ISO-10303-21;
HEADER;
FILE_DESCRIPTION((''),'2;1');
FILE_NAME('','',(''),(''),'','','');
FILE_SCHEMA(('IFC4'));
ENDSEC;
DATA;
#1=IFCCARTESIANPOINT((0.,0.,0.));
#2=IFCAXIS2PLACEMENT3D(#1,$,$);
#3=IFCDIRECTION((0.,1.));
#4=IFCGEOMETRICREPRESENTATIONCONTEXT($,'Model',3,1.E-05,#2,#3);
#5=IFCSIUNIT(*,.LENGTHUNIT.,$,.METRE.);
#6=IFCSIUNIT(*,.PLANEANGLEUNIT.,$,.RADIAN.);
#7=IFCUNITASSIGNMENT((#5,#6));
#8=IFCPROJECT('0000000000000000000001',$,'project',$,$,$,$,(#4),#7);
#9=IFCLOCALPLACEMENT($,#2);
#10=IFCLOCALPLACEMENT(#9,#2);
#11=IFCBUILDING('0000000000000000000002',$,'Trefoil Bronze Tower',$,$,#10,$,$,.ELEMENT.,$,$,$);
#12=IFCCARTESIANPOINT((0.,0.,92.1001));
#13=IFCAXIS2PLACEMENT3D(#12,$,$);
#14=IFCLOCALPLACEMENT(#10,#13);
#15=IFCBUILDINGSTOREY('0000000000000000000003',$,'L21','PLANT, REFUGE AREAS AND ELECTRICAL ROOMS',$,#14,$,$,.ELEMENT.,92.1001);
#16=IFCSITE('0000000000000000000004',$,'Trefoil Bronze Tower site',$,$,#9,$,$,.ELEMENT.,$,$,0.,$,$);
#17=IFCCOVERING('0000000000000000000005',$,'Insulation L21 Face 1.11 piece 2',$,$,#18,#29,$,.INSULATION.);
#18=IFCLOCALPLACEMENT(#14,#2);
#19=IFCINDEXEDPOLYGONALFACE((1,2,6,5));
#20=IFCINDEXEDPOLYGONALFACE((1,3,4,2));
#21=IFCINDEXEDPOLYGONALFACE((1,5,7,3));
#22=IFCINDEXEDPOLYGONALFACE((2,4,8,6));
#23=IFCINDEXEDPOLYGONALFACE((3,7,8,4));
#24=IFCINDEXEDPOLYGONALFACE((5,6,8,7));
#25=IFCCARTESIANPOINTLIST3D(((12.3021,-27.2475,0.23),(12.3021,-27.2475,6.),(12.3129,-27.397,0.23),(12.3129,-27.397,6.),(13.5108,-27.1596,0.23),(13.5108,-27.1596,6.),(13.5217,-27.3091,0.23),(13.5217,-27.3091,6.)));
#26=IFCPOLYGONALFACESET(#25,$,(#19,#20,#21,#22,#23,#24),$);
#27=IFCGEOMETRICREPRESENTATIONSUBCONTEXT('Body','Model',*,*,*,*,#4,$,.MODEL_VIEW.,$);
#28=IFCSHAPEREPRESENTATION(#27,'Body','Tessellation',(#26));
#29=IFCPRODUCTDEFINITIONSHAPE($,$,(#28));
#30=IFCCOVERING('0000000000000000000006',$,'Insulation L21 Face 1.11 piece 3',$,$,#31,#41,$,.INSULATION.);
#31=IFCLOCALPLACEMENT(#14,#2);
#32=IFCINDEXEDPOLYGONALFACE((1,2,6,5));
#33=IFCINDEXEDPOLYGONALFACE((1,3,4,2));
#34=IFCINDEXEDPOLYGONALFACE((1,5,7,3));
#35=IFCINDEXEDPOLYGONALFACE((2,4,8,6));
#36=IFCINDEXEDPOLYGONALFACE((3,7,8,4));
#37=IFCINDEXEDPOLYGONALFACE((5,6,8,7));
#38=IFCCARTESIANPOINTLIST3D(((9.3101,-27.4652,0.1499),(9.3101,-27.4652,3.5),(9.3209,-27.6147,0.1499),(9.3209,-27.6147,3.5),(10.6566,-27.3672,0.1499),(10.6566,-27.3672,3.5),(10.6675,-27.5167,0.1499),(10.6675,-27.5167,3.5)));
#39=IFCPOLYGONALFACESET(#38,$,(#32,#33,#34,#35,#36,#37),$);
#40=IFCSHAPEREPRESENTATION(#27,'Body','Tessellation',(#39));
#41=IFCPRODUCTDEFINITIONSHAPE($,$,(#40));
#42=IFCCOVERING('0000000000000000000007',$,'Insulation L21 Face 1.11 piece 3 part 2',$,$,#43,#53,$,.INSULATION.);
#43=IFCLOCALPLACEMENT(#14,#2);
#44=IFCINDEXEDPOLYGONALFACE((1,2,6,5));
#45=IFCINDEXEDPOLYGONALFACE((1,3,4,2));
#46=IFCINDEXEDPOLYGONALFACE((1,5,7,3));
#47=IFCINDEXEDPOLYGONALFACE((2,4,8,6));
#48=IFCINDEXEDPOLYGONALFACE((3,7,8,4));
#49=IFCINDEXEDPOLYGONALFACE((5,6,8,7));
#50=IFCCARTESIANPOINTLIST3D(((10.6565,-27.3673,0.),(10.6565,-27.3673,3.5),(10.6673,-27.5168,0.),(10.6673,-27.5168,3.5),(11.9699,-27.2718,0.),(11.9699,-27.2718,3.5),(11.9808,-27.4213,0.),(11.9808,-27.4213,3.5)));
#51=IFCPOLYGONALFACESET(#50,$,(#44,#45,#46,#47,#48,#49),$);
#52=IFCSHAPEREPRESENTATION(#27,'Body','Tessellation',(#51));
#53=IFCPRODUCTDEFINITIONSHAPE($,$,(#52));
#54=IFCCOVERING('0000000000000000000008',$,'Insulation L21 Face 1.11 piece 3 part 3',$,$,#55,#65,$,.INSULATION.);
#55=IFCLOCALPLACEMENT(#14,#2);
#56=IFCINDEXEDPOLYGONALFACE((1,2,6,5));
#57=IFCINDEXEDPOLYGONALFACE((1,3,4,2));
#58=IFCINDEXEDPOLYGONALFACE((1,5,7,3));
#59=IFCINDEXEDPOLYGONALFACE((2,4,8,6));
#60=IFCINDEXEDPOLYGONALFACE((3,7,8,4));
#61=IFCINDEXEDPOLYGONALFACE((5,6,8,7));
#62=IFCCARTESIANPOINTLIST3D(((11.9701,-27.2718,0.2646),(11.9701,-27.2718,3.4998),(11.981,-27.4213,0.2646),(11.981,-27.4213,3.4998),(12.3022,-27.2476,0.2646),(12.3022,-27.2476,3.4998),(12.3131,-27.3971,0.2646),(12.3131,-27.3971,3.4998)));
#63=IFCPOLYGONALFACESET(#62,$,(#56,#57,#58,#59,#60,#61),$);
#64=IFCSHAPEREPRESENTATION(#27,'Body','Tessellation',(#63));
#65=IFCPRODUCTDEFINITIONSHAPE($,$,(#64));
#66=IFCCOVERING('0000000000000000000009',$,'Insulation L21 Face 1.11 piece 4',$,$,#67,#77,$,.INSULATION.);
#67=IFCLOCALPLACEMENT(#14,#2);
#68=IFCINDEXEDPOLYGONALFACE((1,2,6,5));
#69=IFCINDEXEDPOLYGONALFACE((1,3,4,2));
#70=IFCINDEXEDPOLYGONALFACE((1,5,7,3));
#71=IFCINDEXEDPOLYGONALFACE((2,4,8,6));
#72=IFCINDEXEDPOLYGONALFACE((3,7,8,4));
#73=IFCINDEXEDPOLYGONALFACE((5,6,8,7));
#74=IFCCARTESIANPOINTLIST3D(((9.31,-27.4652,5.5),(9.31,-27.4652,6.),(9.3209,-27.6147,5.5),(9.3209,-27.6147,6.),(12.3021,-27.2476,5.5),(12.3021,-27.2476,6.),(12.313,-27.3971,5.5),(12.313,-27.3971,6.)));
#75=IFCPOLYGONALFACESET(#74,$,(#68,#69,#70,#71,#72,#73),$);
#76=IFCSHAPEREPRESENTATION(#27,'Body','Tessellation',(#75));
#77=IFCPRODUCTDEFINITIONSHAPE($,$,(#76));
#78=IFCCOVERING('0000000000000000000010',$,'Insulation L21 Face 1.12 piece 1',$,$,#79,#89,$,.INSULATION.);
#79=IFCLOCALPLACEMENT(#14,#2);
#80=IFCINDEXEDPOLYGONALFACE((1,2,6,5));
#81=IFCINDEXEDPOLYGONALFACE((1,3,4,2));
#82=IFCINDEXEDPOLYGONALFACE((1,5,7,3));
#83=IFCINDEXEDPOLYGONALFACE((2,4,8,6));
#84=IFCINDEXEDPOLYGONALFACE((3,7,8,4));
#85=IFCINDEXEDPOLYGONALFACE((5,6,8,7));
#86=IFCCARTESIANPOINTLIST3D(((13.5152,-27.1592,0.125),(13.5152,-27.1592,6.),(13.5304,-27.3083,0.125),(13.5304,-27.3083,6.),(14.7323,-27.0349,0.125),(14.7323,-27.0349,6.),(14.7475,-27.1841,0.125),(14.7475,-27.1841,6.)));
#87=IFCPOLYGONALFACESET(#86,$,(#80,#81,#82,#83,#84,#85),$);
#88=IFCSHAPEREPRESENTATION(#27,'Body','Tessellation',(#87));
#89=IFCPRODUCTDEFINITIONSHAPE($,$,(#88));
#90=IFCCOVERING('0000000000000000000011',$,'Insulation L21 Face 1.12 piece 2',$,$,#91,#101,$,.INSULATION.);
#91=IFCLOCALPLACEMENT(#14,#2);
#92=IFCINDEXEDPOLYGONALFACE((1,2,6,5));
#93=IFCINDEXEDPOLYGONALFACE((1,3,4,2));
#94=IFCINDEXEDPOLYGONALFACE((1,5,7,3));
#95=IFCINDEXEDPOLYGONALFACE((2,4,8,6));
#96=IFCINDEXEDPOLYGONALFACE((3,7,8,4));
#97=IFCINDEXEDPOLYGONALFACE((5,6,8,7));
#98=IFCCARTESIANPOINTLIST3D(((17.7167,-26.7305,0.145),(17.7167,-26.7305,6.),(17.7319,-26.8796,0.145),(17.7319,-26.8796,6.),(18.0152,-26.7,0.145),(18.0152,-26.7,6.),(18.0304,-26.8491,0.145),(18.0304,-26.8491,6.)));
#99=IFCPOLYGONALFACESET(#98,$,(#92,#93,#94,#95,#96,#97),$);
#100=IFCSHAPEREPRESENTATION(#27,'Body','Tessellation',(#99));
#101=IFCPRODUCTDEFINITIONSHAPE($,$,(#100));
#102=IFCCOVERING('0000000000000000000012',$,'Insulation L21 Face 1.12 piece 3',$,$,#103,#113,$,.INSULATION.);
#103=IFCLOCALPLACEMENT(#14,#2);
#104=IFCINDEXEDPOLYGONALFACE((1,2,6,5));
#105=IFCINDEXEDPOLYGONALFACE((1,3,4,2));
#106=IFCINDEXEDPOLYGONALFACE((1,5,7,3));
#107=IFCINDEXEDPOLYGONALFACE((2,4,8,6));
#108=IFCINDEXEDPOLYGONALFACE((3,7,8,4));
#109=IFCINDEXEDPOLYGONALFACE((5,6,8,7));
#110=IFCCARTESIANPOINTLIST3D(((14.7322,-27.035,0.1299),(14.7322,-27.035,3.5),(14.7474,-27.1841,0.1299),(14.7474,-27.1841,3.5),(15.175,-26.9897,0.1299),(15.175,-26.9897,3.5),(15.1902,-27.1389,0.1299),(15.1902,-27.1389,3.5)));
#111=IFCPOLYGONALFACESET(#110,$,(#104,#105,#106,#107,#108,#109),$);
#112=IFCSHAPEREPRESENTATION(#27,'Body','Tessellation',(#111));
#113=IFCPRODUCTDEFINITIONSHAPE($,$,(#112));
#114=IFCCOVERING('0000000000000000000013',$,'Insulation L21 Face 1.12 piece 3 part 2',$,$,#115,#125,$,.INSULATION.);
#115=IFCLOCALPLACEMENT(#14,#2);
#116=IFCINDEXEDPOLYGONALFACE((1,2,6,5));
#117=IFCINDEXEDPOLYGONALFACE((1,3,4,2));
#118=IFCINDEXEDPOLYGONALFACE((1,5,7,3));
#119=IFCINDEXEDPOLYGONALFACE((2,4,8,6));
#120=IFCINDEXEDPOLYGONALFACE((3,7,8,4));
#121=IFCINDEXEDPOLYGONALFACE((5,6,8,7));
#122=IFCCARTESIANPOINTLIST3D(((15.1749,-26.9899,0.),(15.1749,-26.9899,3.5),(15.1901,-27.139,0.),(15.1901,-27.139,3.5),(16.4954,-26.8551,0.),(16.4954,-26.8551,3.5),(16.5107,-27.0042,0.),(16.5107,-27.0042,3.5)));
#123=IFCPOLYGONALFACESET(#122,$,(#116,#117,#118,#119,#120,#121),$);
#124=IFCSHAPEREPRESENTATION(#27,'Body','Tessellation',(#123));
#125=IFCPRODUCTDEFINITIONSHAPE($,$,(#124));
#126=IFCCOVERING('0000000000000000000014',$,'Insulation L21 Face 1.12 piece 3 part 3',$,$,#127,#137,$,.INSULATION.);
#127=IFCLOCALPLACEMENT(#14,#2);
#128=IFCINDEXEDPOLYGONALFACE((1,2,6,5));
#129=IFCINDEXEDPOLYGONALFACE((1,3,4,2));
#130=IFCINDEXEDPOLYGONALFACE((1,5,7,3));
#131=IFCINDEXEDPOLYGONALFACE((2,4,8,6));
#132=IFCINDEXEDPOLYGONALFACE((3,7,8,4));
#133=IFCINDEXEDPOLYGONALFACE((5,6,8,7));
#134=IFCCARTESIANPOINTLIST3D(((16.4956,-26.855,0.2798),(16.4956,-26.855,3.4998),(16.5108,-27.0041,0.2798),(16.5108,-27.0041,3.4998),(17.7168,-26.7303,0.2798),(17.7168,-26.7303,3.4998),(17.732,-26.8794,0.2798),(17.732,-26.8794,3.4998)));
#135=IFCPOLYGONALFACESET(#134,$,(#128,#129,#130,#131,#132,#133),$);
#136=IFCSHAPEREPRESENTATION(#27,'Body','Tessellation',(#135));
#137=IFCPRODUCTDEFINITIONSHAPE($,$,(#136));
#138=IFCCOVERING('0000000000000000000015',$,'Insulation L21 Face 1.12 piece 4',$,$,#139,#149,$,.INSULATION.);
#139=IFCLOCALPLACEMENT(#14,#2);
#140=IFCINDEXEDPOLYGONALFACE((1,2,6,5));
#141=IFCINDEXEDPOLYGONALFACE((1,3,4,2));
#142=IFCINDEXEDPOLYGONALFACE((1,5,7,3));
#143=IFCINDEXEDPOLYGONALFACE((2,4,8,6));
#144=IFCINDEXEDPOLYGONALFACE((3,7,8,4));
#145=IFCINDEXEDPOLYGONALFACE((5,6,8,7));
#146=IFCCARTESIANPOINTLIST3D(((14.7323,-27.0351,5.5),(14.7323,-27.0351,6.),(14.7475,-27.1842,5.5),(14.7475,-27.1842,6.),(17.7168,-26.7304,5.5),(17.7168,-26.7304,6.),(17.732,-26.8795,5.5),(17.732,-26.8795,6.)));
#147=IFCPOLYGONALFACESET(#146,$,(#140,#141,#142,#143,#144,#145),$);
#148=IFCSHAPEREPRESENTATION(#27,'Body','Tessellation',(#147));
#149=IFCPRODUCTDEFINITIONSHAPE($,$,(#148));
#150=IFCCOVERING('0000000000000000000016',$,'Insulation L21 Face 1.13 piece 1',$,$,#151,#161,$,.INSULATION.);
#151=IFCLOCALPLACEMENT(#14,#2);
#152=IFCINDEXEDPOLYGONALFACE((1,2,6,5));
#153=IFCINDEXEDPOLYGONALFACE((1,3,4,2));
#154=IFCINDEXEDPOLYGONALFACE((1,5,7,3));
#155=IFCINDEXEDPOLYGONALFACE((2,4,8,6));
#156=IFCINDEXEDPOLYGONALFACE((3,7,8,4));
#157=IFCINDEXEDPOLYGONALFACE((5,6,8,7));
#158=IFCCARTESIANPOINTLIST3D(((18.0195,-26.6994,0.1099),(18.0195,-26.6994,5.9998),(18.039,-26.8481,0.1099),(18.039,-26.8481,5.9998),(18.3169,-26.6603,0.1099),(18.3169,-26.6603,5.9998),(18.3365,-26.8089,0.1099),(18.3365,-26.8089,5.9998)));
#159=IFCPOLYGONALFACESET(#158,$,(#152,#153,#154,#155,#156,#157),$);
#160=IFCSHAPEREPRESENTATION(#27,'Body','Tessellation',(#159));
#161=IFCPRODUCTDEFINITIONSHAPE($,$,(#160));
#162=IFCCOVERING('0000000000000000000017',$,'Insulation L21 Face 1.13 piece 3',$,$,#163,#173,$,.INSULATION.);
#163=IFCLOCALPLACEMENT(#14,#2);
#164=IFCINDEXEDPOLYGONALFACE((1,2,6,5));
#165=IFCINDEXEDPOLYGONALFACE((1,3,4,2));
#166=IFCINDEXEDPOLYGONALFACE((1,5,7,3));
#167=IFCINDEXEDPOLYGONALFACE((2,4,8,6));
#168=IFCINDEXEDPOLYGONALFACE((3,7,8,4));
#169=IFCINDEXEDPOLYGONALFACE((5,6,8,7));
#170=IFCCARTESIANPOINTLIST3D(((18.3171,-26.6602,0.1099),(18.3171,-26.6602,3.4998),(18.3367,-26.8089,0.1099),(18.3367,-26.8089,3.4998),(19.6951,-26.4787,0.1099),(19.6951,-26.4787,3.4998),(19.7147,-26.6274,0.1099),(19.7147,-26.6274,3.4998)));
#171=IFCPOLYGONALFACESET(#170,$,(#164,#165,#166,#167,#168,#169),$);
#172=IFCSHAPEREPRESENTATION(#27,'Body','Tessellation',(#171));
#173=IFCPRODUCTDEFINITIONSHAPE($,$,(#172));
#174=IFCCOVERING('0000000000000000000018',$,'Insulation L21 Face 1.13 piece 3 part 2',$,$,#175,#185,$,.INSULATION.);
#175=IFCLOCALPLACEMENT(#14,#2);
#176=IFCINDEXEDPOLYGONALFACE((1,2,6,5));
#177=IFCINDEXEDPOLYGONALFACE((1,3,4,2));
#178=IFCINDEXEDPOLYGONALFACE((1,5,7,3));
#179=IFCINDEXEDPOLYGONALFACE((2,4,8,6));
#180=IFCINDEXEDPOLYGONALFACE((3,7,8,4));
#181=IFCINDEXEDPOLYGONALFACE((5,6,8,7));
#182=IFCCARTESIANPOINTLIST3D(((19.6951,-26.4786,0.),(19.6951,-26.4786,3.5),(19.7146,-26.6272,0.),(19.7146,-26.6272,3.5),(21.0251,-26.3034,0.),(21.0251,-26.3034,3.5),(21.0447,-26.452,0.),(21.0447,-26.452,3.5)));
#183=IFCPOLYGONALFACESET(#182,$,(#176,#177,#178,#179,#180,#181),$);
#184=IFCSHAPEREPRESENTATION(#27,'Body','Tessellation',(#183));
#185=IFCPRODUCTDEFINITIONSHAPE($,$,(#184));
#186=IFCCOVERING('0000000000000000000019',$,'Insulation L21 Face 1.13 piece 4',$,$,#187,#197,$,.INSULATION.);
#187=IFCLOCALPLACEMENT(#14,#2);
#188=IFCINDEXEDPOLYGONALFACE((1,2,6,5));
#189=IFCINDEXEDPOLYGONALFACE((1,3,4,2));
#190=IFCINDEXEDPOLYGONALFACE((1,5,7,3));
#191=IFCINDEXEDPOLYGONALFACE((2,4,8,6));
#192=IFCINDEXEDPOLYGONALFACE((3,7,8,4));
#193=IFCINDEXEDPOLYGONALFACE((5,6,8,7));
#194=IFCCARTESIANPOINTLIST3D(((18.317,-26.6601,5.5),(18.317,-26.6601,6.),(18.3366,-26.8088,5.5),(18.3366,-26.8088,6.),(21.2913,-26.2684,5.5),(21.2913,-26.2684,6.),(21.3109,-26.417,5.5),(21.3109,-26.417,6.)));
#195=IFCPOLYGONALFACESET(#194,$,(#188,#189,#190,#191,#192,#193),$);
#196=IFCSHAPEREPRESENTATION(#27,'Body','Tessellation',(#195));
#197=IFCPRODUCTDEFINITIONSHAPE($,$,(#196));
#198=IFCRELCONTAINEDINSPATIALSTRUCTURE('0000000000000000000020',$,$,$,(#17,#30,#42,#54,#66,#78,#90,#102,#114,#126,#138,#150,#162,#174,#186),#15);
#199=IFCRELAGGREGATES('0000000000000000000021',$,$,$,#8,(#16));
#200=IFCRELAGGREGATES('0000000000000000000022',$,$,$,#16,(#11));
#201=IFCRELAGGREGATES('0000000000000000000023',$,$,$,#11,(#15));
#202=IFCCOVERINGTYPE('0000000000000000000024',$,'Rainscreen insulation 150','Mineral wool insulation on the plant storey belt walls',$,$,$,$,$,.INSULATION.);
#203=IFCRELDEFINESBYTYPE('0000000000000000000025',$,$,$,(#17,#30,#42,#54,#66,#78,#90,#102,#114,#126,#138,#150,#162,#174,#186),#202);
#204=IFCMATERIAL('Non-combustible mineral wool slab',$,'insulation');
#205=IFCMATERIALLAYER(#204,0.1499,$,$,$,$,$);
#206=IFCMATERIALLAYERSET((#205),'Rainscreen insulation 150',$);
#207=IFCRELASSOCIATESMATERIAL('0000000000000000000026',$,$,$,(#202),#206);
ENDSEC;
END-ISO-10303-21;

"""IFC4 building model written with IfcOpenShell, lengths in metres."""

from ifc_helpers import new_model, si_unit, direction, frame, origin, origin_2d, place, context, subcontext, project, spatial, rectangle, extrude, material, layer, layer_set, type_object, element, save


model = new_model("IFC4")

# Units and contexts
model_context = context("Model", 3, precision=1e-05, world=origin(), true_north=direction((0.0, 1.0)))
body_context = subcontext(model_context, "Body", "Model", "MODEL_VIEW")
ifc_project = project(units=[si_unit("LENGTHUNIT", "METRE"), si_unit("PLANEANGLEUNIT", "RADIAN")], contexts=[model_context])

# Site, building, storey
site_placement = place(None, origin())
site = spatial("IfcSite", under=ifc_project, at=site_placement, Name="Trefoil Bronze Tower site", CompositionType="ELEMENT", RefElevation=0.0)
building_placement = place(site_placement, origin())
building = spatial("IfcBuilding", under=site, at=building_placement, Name="Trefoil Bronze Tower", CompositionType="ELEMENT")
storey_placement = place(building_placement, frame((0.0, 0.0, 92.1001)))
storey = spatial("IfcBuildingStorey", under=building, at=storey_placement, Name="L21", Description="PLANT, REFUGE AREAS AND ELECTRICAL ROOMS", CompositionType="ELEMENT", Elevation=92.1001)

# Coverings
ifc_material_1 = material(Name="Non-combustible mineral wool slab", Category="insulation")
ifc_layer_1 = layer(ifc_material_1, 0.1499)
ifc_layer_set_1 = layer_set([ifc_layer_1], Name="Rainscreen insulation 150")
covering_type_1 = type_object("IfcCoveringType", Name="Rainscreen insulation 150", Description="Mineral wool insulation on the plant storey belt walls", PredefinedType="INSULATION", material=ifc_layer_set_1)
covering_1_placement = place(storey_placement, frame((12.9119, -27.2783, 0.23), z_axis=(0.0, 0.0, 1.0), x_axis=(0.997365, 0.072547, 0.0)))
element("IfcCovering", 1, at=covering_1_placement, inside=storey, type_object=covering_type_1, Name="Insulation L21 Face 1.11 piece 2", PredefinedType="INSULATION", context=body_context, shape_type="SweptSolid", body=[
    extrude(rectangle(XDim=1.2119, YDim=0.1499, at=origin_2d()), origin(), (0.0, 0.0, 1.0), 5.77),
])
covering_2_placement = place(storey_placement, frame((9.9888, -27.491, 0.1499), z_axis=(0.0, 0.0, 1.0), x_axis=(0.997365, 0.072547, 0.0)))
element("IfcCovering", 2, at=covering_2_placement, inside=storey, type_object=covering_type_1, Name="Insulation L21 Face 1.11 piece 3", PredefinedType="INSULATION", context=body_context, shape_type="SweptSolid", body=[
    extrude(rectangle(XDim=1.3501, YDim=0.1499, at=origin_2d()), origin(), (0.0, 0.0, 1.0), 3.3501),
])
covering_3_placement = place(storey_placement, frame((11.3186, -27.3943, 0.0), z_axis=(0.0, 0.0, 1.0), x_axis=(0.997365, 0.072547, 0.0)))
element("IfcCovering", 3, at=covering_3_placement, inside=storey, type_object=covering_type_1, Name="Insulation L21 Face 1.11 piece 3 part 2", PredefinedType="INSULATION", context=body_context, shape_type="SweptSolid", body=[
    extrude(rectangle(XDim=1.3169, YDim=0.1499, at=origin_2d()), origin(), (0.0, 0.0, 1.0), 3.5),
])
covering_4_placement = place(storey_placement, frame((12.1416, -27.3345, 0.2646), z_axis=(0.0, 0.0, 1.0), x_axis=(0.997365, 0.072547, 0.0)))
element("IfcCovering", 4, at=covering_4_placement, inside=storey, type_object=covering_type_1, Name="Insulation L21 Face 1.11 piece 3 part 3", PredefinedType="INSULATION", context=body_context, shape_type="SweptSolid", body=[
    extrude(rectangle(XDim=0.333, YDim=0.1499, at=origin_2d()), origin(), (0.0, 0.0, 1.0), 3.2351),
])
covering_5_placement = place(storey_placement, frame((10.8115, -27.4312, 5.5), z_axis=(0.0, 0.0, 1.0), x_axis=(0.997365, 0.072547, 0.0)))
element("IfcCovering", 5, at=covering_5_placement, inside=storey, type_object=covering_type_1, Name="Insulation L21 Face 1.11 piece 4", PredefinedType="INSULATION", context=body_context, shape_type="SweptSolid", body=[
    extrude(rectangle(XDim=3.0, YDim=0.1499, at=origin_2d()), origin(), (0.0, 0.0, 1.0), 0.5),
])
covering_6_placement = place(storey_placement, frame((14.1313, -27.1716, 0.125), z_axis=(0.0, 0.0, 1.0), x_axis=(0.994829, 0.101565, 0.0)))
element("IfcCovering", 6, at=covering_6_placement, inside=storey, type_object=covering_type_1, Name="Insulation L21 Face 1.12 piece 1", PredefinedType="INSULATION", context=body_context, shape_type="SweptSolid", body=[
    extrude(rectangle(XDim=1.2234, YDim=0.1499, at=origin_2d()), origin(), (0.0, 0.0, 1.0), 5.875),
])
covering_7_placement = place(storey_placement, frame((17.8735, -26.7898, 0.145), z_axis=(0.0, 0.0, 1.0), x_axis=(0.994829, 0.101565, 0.0)))
element("IfcCovering", 7, at=covering_7_placement, inside=storey, type_object=covering_type_1, Name="Insulation L21 Face 1.12 piece 2", PredefinedType="INSULATION", context=body_context, shape_type="SweptSolid", body=[
    extrude(rectangle(XDim=0.3, YDim=0.1499, at=origin_2d()), origin(), (0.0, 0.0, 1.0), 5.855),
])
covering_8_placement = place(storey_placement, frame((14.9612, -27.0869, 0.1299), z_axis=(0.0, 0.0, 1.0), x_axis=(0.994829, 0.101565, 0.0)))
element("IfcCovering", 8, at=covering_8_placement, inside=storey, type_object=covering_type_1, Name="Insulation L21 Face 1.12 piece 3", PredefinedType="INSULATION", context=body_context, shape_type="SweptSolid", body=[
    extrude(rectangle(XDim=0.4451, YDim=0.1499, at=origin_2d()), origin(), (0.0, 0.0, 1.0), 3.3701),
])
covering_9_placement = place(storey_placement, frame((15.8428, -26.9971, 0.0), z_axis=(0.0, 0.0, 1.0), x_axis=(0.994829, 0.101565, 0.0)))
element("IfcCovering", 9, at=covering_9_placement, inside=storey, type_object=covering_type_1, Name="Insulation L21 Face 1.12 piece 3 part 2", PredefinedType="INSULATION", context=body_context, shape_type="SweptSolid", body=[
    extrude(rectangle(XDim=1.3274, YDim=0.1499, at=origin_2d()), origin(), (0.0, 0.0, 1.0), 3.5),
])
covering_10_placement = place(storey_placement, frame((17.1138, -26.8672, 0.2798), z_axis=(0.0, 0.0, 1.0), x_axis=(0.994829, 0.101565, 0.0)))
element("IfcCovering", 10, at=covering_10_placement, inside=storey, type_object=covering_type_1, Name="Insulation L21 Face 1.12 piece 3 part 3", PredefinedType="INSULATION", context=body_context, shape_type="SweptSolid", body=[
    extrude(rectangle(XDim=1.2275, YDim=0.1499, at=origin_2d()), origin(), (0.0, 0.0, 1.0), 3.22),
])
covering_11_placement = place(storey_placement, frame((16.2322, -26.9573, 5.5), z_axis=(0.0, 0.0, 1.0), x_axis=(0.994829, 0.101565, 0.0)))
element("IfcCovering", 11, at=covering_11_placement, inside=storey, type_object=covering_type_1, Name="Insulation L21 Face 1.12 piece 4", PredefinedType="INSULATION", context=body_context, shape_type="SweptSolid", body=[
    extrude(rectangle(XDim=3.0, YDim=0.1499, at=origin_2d()), origin(), (0.0, 0.0, 1.0), 0.5),
])
covering_12_placement = place(storey_placement, frame((18.178, -26.7542, 0.1099), z_axis=(0.0, 0.0, 1.0), x_axis=(0.991437, 0.130584, 0.0)))
element("IfcCovering", 12, at=covering_12_placement, inside=storey, type_object=covering_type_1, Name="Insulation L21 Face 1.13 piece 1", PredefinedType="INSULATION", context=body_context, shape_type="SweptSolid", body=[
    extrude(rectangle(XDim=0.3, YDim=0.1499, at=origin_2d()), origin(), (0.0, 0.0, 1.0), 5.8899),
])
covering_13_placement = place(storey_placement, frame((19.0159, -26.6438, 0.1099), z_axis=(0.0, 0.0, 1.0), x_axis=(0.991437, 0.130584, 0.0)))
element("IfcCovering", 13, at=covering_13_placement, inside=storey, type_object=covering_type_1, Name="Insulation L21 Face 1.13 piece 3", PredefinedType="INSULATION", context=body_context, shape_type="SweptSolid", body=[
    extrude(rectangle(XDim=1.3899, YDim=0.1499, at=origin_2d()), origin(), (0.0, 0.0, 1.0), 3.3899),
])
covering_14_placement = place(storey_placement, frame((20.3699, -26.4653, 0.0), z_axis=(0.0, 0.0, 1.0), x_axis=(0.991437, 0.130584, 0.0)))
element("IfcCovering", 14, at=covering_14_placement, inside=storey, type_object=covering_type_1, Name="Insulation L21 Face 1.13 piece 3 part 2", PredefinedType="INSULATION", context=body_context, shape_type="SweptSolid", body=[
    extrude(rectangle(XDim=1.3416, YDim=0.1499, at=origin_2d()), origin(), (0.0, 0.0, 1.0), 3.5),
])
covering_15_placement = place(storey_placement, frame((19.814, -26.5386, 5.5), z_axis=(0.0, 0.0, 1.0), x_axis=(0.991437, 0.130584, 0.0)))
element("IfcCovering", 15, at=covering_15_placement, inside=storey, type_object=covering_type_1, Name="Insulation L21 Face 1.13 piece 4", PredefinedType="INSULATION", context=body_context, shape_type="SweptSolid", body=[
    extrude(rectangle(XDim=3.0, YDim=0.1499, at=origin_2d()), origin(), (0.0, 0.0, 1.0), 0.5),
])

save(model, "model.ifc")
